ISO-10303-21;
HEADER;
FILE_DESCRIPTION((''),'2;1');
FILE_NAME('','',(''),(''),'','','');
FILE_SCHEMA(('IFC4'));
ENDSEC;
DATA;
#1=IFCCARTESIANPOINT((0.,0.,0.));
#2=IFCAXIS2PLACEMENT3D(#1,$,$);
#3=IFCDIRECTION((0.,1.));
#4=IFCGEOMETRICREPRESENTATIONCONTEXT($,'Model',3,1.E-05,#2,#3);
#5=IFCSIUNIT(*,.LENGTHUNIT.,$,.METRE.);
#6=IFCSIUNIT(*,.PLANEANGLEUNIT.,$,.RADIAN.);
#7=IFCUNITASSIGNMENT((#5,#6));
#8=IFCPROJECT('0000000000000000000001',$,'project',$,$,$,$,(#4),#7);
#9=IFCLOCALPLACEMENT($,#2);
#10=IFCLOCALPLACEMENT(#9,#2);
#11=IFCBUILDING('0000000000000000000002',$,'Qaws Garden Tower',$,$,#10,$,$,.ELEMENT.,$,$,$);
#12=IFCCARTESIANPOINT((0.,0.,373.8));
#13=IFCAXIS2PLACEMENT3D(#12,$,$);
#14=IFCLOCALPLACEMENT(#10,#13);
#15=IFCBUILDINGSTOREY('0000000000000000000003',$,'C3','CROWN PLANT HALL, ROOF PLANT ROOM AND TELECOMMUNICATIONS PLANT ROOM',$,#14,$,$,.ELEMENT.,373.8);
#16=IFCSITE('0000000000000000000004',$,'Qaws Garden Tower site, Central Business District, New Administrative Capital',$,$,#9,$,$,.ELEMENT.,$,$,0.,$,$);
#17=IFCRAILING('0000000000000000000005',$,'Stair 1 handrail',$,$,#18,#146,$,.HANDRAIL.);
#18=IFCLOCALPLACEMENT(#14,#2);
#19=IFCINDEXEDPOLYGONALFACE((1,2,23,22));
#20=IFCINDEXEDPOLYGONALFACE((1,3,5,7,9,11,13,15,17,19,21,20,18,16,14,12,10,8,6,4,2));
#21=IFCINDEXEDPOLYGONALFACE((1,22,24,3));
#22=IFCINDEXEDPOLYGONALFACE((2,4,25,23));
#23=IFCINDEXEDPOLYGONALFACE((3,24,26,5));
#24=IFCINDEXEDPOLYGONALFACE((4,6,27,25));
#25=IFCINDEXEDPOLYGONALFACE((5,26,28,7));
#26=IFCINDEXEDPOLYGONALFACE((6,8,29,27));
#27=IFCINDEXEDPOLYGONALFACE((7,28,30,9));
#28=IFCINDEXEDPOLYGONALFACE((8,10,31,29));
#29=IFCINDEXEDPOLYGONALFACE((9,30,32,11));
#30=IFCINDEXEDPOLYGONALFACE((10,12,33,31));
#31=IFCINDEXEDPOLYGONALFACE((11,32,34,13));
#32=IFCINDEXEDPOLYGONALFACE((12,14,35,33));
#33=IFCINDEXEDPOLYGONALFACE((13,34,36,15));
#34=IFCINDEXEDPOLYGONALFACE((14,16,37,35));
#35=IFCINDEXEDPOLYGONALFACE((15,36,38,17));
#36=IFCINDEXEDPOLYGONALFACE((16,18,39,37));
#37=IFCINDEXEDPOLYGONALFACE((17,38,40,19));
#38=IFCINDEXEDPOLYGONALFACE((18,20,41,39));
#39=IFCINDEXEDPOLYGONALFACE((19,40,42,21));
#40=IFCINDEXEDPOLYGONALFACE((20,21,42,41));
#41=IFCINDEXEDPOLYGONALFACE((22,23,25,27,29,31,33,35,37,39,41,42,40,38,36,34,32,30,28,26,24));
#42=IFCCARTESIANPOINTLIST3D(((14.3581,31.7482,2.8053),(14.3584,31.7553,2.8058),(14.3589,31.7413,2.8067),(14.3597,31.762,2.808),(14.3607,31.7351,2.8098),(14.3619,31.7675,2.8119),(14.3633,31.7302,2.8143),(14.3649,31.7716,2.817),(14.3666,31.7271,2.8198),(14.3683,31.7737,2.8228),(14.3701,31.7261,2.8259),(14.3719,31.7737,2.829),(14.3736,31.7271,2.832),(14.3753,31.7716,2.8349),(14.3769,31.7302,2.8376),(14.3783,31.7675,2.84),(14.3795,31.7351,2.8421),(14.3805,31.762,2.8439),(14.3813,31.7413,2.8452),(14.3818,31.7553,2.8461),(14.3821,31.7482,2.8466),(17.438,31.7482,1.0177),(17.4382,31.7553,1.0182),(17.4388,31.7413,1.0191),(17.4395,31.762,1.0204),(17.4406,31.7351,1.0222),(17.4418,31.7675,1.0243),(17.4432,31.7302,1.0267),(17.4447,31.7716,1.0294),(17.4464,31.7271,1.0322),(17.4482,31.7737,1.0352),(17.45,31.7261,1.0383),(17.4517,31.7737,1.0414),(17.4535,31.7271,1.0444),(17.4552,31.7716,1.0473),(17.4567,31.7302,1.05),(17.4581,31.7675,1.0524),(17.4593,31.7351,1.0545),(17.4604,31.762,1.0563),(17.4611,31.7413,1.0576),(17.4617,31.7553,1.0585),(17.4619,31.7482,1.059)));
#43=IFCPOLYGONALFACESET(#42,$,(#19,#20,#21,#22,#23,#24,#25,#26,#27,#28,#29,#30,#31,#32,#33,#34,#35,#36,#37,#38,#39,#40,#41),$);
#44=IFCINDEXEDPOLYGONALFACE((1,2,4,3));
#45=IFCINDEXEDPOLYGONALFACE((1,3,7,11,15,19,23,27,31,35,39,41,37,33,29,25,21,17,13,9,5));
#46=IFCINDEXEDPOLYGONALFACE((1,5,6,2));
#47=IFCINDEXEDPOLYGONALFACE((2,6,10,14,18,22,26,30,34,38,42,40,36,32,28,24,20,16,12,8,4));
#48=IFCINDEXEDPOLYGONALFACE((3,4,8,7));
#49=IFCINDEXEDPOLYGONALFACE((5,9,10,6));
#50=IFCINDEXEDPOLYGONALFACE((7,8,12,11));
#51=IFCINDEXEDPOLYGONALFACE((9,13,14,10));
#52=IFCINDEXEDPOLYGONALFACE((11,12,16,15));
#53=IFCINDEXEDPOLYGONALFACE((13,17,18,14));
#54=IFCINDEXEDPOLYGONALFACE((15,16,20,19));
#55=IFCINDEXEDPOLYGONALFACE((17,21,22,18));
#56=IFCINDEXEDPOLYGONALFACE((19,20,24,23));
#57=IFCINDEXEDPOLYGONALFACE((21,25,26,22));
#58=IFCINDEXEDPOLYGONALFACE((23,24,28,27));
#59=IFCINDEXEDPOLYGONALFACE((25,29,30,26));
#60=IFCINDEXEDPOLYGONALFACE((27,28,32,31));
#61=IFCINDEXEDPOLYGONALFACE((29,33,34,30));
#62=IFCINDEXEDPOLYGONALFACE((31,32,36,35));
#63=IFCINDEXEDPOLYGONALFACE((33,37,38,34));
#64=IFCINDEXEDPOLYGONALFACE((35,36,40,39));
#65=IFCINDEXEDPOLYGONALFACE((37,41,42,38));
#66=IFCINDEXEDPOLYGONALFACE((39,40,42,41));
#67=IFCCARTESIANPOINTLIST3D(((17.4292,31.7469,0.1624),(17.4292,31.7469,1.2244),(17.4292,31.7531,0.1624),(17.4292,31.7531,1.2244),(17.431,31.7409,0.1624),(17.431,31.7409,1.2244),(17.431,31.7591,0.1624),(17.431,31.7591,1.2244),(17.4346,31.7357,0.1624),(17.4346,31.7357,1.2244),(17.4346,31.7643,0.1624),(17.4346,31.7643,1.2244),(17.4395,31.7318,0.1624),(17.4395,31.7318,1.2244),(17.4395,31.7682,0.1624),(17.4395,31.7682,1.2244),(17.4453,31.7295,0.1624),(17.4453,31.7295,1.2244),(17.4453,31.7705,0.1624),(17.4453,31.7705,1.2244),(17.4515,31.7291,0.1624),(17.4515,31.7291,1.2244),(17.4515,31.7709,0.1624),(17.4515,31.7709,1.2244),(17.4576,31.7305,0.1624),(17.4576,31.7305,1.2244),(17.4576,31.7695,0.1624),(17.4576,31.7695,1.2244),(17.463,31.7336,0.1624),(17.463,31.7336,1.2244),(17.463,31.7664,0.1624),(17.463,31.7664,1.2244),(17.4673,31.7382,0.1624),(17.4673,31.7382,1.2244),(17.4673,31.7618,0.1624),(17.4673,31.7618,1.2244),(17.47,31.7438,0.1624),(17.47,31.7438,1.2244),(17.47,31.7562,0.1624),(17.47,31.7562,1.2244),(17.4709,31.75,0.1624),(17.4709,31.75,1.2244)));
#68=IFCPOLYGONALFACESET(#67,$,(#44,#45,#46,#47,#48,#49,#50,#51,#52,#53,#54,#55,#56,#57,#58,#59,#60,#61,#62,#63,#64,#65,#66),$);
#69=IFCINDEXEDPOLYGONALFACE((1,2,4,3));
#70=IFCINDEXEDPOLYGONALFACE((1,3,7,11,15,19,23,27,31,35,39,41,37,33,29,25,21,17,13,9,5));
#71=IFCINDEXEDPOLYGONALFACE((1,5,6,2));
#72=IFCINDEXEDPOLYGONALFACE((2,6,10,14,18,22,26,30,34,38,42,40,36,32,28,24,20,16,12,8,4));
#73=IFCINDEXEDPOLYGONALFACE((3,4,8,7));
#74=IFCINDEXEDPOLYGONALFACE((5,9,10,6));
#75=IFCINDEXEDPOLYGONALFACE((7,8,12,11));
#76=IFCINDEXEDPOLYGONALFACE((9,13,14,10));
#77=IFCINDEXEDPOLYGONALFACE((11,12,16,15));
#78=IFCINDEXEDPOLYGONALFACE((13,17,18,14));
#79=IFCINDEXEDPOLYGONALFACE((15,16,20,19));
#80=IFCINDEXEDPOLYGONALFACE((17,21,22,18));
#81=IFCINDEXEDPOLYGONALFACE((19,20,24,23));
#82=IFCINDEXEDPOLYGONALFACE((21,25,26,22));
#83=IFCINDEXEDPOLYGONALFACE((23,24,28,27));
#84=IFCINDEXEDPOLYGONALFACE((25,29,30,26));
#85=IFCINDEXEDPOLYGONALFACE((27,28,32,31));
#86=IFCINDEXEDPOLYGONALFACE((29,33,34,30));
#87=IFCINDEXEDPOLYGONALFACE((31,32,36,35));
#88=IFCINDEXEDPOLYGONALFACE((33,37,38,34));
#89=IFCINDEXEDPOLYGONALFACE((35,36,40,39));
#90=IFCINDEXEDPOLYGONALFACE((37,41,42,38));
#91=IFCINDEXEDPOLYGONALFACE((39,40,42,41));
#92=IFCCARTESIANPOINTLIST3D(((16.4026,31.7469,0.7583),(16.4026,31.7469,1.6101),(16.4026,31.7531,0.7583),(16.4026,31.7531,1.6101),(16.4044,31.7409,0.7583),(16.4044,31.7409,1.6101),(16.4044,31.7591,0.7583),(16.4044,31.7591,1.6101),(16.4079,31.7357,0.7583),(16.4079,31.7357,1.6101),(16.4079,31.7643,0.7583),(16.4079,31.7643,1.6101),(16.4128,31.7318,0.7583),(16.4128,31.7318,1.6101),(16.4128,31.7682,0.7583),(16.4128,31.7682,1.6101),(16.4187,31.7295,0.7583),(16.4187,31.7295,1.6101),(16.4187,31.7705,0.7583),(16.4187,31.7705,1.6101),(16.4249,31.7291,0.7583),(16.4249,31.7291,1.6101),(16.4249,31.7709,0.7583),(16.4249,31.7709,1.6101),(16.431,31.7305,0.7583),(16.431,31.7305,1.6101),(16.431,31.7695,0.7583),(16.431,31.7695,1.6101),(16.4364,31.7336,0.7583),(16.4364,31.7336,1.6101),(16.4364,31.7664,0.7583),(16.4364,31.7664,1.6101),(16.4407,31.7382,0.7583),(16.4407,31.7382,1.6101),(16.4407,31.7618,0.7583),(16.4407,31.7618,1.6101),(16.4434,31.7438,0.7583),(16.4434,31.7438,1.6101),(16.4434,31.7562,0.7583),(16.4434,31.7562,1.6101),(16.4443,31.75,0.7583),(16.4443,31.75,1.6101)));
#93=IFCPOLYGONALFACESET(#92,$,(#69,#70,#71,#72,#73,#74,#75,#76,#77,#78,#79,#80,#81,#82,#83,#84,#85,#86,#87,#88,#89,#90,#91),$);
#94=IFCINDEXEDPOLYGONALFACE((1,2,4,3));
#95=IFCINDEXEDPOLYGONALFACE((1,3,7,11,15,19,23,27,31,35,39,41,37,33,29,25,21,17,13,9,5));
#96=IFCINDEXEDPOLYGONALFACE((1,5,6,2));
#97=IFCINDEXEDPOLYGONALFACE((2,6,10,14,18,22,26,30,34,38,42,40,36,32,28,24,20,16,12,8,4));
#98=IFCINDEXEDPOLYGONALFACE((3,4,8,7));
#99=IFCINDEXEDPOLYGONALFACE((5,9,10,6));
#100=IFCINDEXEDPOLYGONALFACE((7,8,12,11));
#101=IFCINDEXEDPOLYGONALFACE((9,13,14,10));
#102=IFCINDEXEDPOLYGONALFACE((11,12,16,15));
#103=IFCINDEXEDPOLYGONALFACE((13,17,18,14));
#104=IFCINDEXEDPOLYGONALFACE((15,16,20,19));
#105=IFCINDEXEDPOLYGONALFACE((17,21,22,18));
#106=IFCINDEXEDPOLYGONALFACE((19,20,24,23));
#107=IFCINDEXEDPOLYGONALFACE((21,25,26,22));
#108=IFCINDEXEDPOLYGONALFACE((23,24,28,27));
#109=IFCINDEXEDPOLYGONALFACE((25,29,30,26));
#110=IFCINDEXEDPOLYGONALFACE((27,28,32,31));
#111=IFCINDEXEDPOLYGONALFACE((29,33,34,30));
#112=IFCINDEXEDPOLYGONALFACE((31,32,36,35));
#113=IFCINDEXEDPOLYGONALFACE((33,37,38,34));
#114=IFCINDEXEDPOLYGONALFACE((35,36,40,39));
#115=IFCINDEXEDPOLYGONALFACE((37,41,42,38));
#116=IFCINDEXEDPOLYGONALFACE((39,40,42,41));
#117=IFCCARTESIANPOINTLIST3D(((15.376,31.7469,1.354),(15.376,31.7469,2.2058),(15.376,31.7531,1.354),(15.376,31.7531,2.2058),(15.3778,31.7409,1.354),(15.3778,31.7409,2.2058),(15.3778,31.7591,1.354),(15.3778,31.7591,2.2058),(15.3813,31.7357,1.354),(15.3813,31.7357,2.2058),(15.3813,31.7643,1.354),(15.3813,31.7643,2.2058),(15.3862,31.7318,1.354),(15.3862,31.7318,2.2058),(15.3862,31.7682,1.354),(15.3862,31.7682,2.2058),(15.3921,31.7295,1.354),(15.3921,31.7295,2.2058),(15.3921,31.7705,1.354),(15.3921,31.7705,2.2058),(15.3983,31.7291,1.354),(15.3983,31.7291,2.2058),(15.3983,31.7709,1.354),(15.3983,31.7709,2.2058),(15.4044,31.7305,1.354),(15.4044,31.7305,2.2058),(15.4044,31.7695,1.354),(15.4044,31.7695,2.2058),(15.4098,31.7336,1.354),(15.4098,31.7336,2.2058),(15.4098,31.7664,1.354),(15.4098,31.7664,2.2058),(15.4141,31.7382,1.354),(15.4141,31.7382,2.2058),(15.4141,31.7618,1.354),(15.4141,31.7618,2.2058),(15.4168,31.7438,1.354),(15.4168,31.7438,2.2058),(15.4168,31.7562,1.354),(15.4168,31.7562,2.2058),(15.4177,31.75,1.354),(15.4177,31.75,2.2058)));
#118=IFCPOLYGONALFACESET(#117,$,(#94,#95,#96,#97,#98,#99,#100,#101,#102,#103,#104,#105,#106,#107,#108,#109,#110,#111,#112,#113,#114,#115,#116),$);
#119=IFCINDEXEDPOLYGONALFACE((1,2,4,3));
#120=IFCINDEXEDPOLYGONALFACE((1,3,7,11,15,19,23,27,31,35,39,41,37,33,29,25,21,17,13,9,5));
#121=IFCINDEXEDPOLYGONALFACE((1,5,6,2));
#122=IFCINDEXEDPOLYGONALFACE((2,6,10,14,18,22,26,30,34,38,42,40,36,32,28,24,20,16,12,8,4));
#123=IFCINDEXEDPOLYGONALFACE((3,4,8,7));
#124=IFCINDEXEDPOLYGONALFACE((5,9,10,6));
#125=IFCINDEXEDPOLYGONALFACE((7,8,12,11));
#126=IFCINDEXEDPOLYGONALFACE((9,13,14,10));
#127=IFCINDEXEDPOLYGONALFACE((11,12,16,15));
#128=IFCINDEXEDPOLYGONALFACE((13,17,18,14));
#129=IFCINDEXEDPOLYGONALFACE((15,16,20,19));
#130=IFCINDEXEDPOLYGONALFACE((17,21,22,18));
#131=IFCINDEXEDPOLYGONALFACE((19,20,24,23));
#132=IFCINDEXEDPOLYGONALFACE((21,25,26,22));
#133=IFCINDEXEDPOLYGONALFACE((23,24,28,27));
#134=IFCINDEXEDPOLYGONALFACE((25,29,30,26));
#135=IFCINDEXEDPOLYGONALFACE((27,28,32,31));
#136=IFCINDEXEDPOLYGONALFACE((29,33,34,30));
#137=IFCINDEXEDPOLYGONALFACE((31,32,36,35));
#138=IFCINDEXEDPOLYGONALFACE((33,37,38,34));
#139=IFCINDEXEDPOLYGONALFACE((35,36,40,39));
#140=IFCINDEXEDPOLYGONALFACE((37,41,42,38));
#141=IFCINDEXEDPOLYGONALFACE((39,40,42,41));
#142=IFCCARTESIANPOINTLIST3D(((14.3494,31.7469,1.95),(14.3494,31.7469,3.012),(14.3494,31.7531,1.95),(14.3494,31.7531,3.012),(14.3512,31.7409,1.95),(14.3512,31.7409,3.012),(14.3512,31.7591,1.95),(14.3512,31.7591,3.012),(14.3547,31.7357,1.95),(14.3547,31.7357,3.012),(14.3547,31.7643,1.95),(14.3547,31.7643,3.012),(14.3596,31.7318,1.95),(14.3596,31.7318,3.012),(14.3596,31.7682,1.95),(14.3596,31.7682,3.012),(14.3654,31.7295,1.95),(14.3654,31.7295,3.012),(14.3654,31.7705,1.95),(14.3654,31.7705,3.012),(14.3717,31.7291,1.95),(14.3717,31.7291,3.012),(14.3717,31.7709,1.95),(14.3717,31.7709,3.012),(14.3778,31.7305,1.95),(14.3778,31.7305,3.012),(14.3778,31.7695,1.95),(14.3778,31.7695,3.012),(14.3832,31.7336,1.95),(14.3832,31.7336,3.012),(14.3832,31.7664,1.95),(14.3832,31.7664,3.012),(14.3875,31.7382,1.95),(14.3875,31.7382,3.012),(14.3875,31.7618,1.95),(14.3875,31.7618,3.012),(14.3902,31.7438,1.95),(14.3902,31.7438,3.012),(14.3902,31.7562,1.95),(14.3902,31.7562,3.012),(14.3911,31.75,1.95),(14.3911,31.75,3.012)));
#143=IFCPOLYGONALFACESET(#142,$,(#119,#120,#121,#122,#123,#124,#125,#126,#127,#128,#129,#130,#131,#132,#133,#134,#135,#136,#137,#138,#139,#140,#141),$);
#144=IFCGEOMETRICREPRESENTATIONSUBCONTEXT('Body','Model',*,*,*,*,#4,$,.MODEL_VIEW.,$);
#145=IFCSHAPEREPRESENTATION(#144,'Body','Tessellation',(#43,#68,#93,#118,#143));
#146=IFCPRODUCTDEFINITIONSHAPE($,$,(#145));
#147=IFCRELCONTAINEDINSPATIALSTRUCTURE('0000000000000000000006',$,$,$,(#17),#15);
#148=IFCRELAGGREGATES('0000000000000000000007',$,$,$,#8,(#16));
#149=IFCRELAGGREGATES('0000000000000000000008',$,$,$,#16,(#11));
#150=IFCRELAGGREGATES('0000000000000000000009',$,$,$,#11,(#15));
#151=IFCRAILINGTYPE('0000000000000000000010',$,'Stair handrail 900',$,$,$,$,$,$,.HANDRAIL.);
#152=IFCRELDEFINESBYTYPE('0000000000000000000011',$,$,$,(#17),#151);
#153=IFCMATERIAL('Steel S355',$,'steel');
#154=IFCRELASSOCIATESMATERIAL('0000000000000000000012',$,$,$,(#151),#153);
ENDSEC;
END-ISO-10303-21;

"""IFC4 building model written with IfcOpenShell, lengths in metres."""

from ifc_helpers import new_model, si_unit, direction, frame, origin, origin_2d, place, context, subcontext, project, spatial, circle, extrude, material, type_object, element, save


model = new_model("IFC4")

# Units and contexts
model_context = context("Model", 3, precision=1e-05, world=origin(), true_north=direction((0.0, 1.0)))
body_context = subcontext(model_context, "Body", "Model", "MODEL_VIEW")
ifc_project = project(units=[si_unit("LENGTHUNIT", "METRE"), si_unit("PLANEANGLEUNIT", "RADIAN")], contexts=[model_context])

# Site, building, storey
site_placement = place(None, origin())
site = spatial("IfcSite", under=ifc_project, at=site_placement, Name="Qaws Garden Tower site, Central Business District, New Administrative Capital", CompositionType="ELEMENT", RefElevation=0.0)
building_placement = place(site_placement, origin())
building = spatial("IfcBuilding", under=site, at=building_placement, Name="Qaws Garden Tower", CompositionType="ELEMENT")
storey_placement = place(building_placement, frame((0.0, 0.0, 373.8)))
storey = spatial("IfcBuildingStorey", under=building, at=storey_placement, Name="C3", Description="CROWN PLANT HALL, ROOF PLANT ROOM AND TELECOMMUNICATIONS PLANT ROOM", CompositionType="ELEMENT", Elevation=373.8)

# Railing
ifc_material_1 = material(Name="Steel S355", Category="steel")
railing_type = type_object("IfcRailingType", Name="Stair handrail 900", PredefinedType="HANDRAIL", material=ifc_material_1)
railing_1_placement = place(storey_placement, frame((17.45, 31.75, 0.1624)))
element("IfcRailing", 1, at=railing_1_placement, inside=storey, type_object=railing_type, Name="Stair 1 handrail", PredefinedType="HANDRAIL", context=body_context, shape_type="SweptSolid", body=[
    extrude(circle(Radius=0.0239, at=origin_2d()), frame((0.0, 0.0, 0.876), z_axis=(-0.864873, 0.0, 0.50199), x_axis=(0.0, -1.0, 0.0)), (0.0, 0.0, 1.0), 3.561),
    extrude(circle(Radius=0.021, at=origin_2d()), origin(), (0.0, 0.0, 1.0), 1.062),
    extrude(circle(Radius=0.021, at=origin_2d()), frame((-1.0266, 0.0, 0.5959)), (0.0, 0.0, 1.0), 0.8518),
    extrude(circle(Radius=0.021, at=origin_2d()), frame((-2.0532, 0.0, 1.1917)), (0.0, 0.0, 1.0), 0.8518),
    extrude(circle(Radius=0.021, at=origin_2d()), frame((-3.0798, 0.0, 1.7876)), (0.0, 0.0, 1.0), 1.062),
])

save(model, "model.ifc")
